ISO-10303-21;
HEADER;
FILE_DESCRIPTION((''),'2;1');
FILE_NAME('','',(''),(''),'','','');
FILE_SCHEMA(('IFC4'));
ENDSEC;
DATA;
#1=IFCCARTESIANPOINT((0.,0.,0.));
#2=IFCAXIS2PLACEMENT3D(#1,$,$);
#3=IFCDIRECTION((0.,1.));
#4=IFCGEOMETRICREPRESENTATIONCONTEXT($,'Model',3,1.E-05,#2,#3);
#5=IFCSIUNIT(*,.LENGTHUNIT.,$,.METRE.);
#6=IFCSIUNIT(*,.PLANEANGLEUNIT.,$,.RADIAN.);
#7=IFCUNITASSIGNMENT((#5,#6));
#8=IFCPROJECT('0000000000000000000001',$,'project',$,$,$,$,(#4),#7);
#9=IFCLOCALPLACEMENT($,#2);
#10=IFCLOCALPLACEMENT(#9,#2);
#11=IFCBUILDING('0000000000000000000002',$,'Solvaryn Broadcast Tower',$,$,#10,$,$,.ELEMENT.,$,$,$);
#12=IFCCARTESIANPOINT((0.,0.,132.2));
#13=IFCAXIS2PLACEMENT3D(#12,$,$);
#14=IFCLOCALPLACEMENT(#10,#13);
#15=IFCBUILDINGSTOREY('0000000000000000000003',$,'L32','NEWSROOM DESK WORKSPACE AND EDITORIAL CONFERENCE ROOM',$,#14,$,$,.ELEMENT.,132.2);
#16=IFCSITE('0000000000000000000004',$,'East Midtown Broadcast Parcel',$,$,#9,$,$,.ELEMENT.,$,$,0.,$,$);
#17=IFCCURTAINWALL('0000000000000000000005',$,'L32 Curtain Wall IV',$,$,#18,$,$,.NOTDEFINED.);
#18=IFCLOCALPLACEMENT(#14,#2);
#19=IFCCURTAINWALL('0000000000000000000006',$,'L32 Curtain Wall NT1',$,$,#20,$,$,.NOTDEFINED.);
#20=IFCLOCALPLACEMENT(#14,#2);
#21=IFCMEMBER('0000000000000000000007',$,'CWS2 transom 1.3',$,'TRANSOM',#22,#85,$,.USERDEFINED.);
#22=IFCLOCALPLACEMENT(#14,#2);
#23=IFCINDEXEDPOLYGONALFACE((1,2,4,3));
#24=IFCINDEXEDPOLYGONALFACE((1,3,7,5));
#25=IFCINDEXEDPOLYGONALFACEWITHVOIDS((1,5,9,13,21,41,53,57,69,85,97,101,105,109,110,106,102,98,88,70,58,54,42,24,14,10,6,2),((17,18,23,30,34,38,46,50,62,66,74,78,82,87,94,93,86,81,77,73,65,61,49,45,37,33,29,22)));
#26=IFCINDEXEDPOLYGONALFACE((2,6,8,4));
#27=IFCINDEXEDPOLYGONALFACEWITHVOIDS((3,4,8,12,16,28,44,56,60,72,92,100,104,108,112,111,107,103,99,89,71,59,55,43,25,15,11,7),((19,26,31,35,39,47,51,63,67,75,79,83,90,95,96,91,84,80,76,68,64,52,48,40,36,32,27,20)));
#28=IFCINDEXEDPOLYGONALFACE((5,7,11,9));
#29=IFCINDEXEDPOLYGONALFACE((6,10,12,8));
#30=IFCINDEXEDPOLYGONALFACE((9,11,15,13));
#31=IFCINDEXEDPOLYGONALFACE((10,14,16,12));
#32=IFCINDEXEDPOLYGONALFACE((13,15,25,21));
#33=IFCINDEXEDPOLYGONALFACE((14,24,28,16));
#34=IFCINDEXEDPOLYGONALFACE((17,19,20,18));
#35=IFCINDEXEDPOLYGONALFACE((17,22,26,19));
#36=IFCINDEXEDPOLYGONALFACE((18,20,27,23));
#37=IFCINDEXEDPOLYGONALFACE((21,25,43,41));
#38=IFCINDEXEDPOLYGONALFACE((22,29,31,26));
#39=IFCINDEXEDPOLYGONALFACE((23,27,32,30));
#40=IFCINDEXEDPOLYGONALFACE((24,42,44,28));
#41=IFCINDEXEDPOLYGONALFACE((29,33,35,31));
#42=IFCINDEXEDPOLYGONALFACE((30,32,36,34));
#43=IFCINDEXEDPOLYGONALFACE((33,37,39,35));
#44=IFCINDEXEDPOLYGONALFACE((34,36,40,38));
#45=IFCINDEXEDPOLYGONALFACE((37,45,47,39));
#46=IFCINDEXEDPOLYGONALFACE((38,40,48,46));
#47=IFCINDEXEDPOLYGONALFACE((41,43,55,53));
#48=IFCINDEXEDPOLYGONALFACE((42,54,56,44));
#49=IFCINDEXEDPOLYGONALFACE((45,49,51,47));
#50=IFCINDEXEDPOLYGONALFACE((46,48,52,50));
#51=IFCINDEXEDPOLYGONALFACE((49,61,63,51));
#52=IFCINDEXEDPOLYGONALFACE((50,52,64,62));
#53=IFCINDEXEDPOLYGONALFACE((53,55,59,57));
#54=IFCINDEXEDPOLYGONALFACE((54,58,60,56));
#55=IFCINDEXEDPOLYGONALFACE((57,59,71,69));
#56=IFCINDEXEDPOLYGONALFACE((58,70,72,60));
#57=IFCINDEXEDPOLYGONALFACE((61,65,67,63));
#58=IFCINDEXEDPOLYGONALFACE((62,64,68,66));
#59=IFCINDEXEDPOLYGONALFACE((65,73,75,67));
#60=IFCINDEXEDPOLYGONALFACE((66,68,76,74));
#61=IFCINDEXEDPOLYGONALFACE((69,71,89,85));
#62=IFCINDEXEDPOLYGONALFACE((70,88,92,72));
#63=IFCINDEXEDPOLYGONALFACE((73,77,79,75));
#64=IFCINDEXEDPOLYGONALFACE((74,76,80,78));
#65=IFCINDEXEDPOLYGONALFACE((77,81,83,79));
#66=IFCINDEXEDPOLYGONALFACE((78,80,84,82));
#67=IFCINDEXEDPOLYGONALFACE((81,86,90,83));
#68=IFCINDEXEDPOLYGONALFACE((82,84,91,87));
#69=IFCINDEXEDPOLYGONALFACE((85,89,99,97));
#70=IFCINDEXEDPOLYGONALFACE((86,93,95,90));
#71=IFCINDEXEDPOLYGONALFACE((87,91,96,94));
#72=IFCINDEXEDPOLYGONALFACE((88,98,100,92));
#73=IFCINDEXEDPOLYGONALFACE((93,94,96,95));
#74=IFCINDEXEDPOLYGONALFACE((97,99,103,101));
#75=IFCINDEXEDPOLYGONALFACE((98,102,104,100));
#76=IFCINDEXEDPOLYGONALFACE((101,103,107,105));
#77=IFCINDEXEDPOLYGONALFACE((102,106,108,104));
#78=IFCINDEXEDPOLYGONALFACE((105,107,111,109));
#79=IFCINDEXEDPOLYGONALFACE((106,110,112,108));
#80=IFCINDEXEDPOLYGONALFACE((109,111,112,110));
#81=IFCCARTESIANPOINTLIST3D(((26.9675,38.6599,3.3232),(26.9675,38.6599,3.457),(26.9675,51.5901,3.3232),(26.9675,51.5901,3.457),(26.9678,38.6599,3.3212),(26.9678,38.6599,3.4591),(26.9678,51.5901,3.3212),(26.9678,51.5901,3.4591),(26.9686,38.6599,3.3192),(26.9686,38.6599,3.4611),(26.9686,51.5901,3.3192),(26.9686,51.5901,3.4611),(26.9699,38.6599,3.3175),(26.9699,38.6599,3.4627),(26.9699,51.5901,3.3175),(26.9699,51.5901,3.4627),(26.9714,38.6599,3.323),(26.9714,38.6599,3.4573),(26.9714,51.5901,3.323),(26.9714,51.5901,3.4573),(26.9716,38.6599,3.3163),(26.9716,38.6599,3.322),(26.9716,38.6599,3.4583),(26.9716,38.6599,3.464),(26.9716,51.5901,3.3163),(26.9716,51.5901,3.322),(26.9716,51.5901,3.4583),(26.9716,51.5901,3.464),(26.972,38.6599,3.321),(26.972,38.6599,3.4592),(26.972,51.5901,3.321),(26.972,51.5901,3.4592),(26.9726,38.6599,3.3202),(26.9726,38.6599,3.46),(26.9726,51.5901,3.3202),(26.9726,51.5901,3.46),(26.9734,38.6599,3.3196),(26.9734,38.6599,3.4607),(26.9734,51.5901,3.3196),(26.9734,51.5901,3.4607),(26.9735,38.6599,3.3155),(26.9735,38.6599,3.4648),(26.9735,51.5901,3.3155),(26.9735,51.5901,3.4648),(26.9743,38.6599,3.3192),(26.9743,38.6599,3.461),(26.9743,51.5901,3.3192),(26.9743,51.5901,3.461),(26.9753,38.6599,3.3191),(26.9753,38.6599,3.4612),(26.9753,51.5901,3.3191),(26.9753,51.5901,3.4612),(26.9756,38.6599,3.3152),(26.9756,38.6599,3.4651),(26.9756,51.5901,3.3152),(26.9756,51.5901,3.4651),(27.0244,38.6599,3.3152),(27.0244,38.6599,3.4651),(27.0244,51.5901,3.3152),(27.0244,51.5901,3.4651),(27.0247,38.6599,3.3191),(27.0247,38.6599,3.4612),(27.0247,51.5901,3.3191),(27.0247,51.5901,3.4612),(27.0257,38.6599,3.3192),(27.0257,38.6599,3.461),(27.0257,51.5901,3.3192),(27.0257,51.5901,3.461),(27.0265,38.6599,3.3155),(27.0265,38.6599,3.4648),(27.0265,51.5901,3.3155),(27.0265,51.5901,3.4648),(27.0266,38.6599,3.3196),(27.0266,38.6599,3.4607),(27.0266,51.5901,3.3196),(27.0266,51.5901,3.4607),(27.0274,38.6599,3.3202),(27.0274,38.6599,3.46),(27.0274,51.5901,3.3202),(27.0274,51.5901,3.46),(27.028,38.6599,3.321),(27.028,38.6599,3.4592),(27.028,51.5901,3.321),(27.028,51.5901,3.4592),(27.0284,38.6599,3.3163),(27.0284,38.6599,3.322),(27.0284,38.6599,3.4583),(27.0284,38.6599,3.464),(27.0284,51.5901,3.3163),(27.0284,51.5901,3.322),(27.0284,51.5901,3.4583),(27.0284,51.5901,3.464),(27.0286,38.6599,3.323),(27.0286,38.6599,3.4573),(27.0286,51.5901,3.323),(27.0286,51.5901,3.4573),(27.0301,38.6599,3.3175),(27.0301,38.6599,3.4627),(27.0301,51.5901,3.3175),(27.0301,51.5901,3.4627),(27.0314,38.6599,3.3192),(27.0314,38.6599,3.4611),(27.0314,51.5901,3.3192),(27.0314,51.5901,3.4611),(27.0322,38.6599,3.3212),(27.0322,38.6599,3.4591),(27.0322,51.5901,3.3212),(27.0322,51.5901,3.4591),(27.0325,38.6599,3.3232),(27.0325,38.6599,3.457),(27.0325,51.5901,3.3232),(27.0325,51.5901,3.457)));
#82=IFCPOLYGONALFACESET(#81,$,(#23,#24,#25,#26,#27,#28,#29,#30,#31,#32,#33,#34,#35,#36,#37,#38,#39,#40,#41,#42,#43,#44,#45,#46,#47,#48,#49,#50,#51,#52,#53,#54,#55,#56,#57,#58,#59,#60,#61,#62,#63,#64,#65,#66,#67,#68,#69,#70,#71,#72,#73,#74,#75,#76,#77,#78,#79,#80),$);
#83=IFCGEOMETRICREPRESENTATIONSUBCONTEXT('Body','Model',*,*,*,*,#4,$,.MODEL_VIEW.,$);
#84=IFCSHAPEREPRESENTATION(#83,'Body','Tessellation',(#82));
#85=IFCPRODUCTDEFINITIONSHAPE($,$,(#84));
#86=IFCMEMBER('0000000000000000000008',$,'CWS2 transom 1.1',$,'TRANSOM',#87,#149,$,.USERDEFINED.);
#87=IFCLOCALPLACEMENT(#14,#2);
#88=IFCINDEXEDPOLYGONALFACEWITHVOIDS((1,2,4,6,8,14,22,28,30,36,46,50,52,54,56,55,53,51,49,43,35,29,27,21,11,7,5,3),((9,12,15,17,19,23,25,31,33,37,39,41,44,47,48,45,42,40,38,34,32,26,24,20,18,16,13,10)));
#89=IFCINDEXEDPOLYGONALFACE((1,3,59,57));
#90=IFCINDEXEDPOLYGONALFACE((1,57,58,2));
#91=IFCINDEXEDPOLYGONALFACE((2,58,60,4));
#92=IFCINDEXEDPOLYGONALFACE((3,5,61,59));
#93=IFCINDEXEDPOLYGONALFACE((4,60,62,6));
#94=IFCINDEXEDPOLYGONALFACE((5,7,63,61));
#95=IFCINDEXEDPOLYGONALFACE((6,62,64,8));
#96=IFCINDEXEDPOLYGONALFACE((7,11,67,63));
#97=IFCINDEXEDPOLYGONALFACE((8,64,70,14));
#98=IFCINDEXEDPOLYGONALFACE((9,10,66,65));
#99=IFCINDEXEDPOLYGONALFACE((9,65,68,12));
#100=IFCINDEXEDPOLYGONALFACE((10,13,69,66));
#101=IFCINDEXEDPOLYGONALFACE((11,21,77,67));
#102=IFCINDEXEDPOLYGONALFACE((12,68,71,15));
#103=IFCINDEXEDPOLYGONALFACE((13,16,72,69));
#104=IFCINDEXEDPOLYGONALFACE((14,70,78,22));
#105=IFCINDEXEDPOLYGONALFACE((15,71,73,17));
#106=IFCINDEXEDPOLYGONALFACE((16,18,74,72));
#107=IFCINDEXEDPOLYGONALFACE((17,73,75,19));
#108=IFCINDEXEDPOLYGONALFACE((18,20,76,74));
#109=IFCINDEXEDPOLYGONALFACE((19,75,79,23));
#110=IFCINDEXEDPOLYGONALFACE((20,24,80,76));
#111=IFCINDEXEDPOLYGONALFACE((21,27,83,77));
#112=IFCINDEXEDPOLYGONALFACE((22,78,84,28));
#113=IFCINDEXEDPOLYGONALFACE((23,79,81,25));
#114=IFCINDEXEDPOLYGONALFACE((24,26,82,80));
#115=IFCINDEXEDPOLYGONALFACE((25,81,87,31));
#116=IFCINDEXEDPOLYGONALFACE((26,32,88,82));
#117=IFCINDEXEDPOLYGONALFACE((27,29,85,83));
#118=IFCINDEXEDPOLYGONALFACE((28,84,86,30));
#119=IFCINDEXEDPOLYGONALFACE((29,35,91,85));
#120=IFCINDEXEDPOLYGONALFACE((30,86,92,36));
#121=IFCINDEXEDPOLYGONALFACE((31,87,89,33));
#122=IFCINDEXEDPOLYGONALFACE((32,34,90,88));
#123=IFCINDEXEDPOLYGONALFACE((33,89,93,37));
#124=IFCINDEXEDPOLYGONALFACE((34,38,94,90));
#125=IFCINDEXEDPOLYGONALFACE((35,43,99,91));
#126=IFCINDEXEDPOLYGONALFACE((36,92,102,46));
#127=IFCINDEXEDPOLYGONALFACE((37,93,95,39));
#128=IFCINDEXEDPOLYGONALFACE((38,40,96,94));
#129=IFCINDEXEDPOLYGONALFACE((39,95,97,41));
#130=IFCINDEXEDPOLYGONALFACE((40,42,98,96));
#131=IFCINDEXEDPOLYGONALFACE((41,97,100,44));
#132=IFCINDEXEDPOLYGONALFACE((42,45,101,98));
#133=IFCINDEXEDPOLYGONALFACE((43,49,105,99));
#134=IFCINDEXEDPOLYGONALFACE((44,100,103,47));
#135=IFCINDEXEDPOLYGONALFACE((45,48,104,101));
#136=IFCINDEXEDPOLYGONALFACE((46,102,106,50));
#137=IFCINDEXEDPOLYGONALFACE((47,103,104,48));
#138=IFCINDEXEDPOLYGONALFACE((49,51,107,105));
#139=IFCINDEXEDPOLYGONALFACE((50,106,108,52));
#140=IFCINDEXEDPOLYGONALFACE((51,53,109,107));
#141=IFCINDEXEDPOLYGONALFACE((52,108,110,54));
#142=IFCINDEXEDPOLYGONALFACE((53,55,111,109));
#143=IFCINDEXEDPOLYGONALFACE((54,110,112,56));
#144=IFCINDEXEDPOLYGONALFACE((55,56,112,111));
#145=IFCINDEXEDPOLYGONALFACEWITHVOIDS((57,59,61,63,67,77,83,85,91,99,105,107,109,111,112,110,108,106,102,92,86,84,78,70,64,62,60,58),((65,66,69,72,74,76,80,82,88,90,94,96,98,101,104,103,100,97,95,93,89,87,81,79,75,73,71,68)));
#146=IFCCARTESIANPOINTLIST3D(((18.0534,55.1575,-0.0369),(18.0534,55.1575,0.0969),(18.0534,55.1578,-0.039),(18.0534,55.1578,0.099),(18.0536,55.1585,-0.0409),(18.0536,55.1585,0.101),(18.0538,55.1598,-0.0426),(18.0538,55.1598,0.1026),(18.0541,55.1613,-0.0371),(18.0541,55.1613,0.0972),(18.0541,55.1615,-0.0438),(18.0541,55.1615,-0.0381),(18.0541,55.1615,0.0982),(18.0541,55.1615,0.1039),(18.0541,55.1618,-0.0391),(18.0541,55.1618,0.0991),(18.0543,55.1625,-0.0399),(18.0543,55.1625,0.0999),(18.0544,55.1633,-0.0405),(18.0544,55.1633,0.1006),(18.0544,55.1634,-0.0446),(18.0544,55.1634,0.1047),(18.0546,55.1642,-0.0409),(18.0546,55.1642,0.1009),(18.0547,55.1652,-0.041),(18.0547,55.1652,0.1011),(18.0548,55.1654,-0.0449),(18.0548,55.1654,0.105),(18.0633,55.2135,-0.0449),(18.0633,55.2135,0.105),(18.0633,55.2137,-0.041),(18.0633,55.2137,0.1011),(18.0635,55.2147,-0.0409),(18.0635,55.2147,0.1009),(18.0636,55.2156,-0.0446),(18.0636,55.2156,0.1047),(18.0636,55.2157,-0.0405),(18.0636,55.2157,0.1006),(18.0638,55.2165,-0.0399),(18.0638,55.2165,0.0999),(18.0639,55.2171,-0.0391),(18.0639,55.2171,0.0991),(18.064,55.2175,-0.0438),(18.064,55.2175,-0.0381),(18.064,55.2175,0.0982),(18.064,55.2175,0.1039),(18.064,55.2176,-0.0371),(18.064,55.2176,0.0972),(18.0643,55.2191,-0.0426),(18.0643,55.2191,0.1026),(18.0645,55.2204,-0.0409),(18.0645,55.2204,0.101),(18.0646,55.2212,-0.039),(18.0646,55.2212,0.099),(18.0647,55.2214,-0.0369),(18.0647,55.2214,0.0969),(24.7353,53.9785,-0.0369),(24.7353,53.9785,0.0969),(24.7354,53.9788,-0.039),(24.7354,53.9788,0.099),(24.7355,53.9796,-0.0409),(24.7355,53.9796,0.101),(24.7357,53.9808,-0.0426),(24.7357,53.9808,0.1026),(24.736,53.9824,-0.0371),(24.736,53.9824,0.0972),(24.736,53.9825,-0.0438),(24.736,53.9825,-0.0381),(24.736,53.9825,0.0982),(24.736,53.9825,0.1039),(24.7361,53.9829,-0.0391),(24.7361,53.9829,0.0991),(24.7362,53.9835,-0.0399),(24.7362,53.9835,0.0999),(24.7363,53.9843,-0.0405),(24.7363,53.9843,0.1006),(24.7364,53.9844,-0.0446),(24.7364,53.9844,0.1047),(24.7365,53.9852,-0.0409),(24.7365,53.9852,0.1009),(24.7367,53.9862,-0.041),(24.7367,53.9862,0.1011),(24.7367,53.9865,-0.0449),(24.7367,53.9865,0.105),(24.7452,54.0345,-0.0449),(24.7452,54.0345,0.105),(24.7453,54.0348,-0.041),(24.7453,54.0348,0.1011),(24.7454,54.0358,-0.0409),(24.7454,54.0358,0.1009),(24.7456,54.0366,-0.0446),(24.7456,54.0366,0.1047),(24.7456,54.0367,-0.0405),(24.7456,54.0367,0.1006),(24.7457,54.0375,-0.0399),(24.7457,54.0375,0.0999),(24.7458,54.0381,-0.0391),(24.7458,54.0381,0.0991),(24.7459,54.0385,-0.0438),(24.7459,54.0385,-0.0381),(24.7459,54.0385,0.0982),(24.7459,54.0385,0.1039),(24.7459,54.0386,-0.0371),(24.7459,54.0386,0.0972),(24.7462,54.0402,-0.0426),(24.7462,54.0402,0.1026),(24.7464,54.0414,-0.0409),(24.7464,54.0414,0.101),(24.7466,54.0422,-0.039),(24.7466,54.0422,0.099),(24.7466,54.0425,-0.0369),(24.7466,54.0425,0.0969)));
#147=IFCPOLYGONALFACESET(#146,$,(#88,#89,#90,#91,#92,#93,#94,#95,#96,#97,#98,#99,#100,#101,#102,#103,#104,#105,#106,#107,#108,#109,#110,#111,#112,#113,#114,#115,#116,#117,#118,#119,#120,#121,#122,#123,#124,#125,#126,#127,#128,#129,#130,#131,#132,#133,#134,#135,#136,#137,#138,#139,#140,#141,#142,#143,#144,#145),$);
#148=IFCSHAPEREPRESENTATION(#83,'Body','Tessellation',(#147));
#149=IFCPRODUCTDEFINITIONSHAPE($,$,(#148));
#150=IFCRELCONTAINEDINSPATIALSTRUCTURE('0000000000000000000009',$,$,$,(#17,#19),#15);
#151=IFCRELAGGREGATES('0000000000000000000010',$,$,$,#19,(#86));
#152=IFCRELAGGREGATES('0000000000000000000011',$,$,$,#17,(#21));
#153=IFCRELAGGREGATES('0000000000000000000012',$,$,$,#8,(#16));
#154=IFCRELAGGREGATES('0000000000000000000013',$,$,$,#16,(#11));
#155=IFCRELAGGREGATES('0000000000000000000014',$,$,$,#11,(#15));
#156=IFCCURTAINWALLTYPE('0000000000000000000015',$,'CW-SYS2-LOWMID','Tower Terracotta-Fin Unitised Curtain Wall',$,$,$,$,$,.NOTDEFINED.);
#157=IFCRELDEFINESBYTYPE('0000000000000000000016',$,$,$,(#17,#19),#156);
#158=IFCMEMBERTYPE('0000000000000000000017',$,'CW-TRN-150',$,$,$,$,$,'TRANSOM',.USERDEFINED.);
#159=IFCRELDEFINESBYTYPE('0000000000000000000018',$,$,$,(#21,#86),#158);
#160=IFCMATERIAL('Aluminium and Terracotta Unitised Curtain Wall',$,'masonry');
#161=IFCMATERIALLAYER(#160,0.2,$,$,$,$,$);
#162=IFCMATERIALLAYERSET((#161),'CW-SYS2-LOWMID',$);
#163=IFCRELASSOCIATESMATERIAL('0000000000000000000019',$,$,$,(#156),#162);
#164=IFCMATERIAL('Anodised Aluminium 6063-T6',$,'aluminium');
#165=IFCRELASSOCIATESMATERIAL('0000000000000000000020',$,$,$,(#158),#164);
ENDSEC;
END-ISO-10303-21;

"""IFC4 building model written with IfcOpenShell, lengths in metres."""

from ifc_helpers import new_model, si_unit, direction, frame, origin, origin_2d, place, context, subcontext, project, spatial, hollow_rectangle, extrude, material, layer, layer_set, material_profile, profile_set, type_object, element, aggregate, save


model = new_model("IFC4")

# Units and contexts
model_context = context("Model", 3, precision=1e-05, world=origin(), true_north=direction((0.0, 1.0)))
body_context = subcontext(model_context, "Body", "Model", "MODEL_VIEW")
ifc_project = project(units=[si_unit("LENGTHUNIT", "METRE"), si_unit("PLANEANGLEUNIT", "RADIAN")], contexts=[model_context])

# Site, building, storey
site_placement = place(None, origin())
site = spatial("IfcSite", under=ifc_project, at=site_placement, Name="East Midtown Broadcast Parcel", CompositionType="ELEMENT", RefElevation=0.0)
building_placement = place(site_placement, origin())
building = spatial("IfcBuilding", under=site, at=building_placement, Name="Solvaryn Broadcast Tower", CompositionType="ELEMENT")
storey_placement = place(building_placement, frame((0.0, 0.0, 132.2)))
storey = spatial("IfcBuildingStorey", under=building, at=storey_placement, Name="L32", Description="NEWSROOM DESK WORKSPACE AND EDITORIAL CONFERENCE ROOM", CompositionType="ELEMENT", Elevation=132.2)

# Curtain wall
ifc_material_1 = material(Name="Aluminium and Terracotta Unitised Curtain Wall", Category="masonry")
ifc_layer_1 = layer(ifc_material_1, 0.2)
ifc_layer_set_1 = layer_set([ifc_layer_1], Name="CW-SYS2-LOWMID")
curtain_wall_type = type_object("IfcCurtainWallType", Name="CW-SYS2-LOWMID", Description="Tower Terracotta-Fin Unitised Curtain Wall", PredefinedType="NOTDEFINED", material=ifc_layer_set_1)
curtain_wall_1_placement = place(storey_placement, origin())
curtain_wall_1 = element("IfcCurtainWall", 1, at=curtain_wall_1_placement, inside=storey, type_object=curtain_wall_type, Name="L32 Curtain Wall IV", PredefinedType="NOTDEFINED")

# Curtain wall
curtain_wall_2_placement = place(storey_placement, origin())
curtain_wall_2 = element("IfcCurtainWall", 2, at=curtain_wall_2_placement, inside=storey, type_object=curtain_wall_type, Name="L32 Curtain Wall NT1", PredefinedType="NOTDEFINED")

# Members
ifc_material_2 = material(Name="Anodised Aluminium 6063-T6", Category="aluminium")
ifc_material_profile_1 = material_profile(ifc_material_2, hollow_rectangle(XDim=0.0649, YDim=0.1499, WallThickness=0.0039, InnerFilletRadius=0.0039, OuterFilletRadius=0.0081, at=origin_2d()))
ifc_profile_set_1 = profile_set([ifc_material_profile_1], Name="Anodised Aluminium 6063-T6")
member_type_1 = type_object("IfcMemberType", Name="CW-TRN-150", ElementType="TRANSOM", PredefinedType="USERDEFINED", material=ifc_profile_set_1)
member_1_placement = place(storey_placement, frame((27.0, 51.5901, 3.3901), z_axis=(0.0, -1.0, 0.0), x_axis=(1.0, 0.0, 0.0)))
member_1 = element("IfcMember", 3, at=member_1_placement, type_object=member_type_1, Name="CWS2 transom 1.3", ObjectType="TRANSOM", PredefinedType="USERDEFINED", context=body_context, shape_type="SweptSolid", body=[
    extrude(hollow_rectangle(XDim=0.0649, YDim=0.1499, WallThickness=0.0039, InnerFilletRadius=0.0039, OuterFilletRadius=0.0081, at=origin_2d()), origin(), (0.0, 0.0, 1.0), 12.9302),
])
member_2_placement = place(storey_placement, frame((24.741, 54.0105, 0.03), z_axis=(-0.984789, 0.173757, 0.0), x_axis=(-0.173757, -0.984789, 0.0)))
member_2 = element("IfcMember", 4, at=member_2_placement, type_object=member_type_1, Name="CWS2 transom 1.1", ObjectType="TRANSOM", PredefinedType="USERDEFINED", context=body_context, shape_type="SweptSolid", body=[
    extrude(hollow_rectangle(XDim=0.0649, YDim=0.1499, WallThickness=0.0039, InnerFilletRadius=0.0039, OuterFilletRadius=0.0081, at=origin_2d()), origin(), (0.0, 0.0, 1.0), 6.7852),
])
aggregate(curtain_wall_2, [member_2])

aggregate(curtain_wall_1, [member_1])

save(model, "model.ifc")
